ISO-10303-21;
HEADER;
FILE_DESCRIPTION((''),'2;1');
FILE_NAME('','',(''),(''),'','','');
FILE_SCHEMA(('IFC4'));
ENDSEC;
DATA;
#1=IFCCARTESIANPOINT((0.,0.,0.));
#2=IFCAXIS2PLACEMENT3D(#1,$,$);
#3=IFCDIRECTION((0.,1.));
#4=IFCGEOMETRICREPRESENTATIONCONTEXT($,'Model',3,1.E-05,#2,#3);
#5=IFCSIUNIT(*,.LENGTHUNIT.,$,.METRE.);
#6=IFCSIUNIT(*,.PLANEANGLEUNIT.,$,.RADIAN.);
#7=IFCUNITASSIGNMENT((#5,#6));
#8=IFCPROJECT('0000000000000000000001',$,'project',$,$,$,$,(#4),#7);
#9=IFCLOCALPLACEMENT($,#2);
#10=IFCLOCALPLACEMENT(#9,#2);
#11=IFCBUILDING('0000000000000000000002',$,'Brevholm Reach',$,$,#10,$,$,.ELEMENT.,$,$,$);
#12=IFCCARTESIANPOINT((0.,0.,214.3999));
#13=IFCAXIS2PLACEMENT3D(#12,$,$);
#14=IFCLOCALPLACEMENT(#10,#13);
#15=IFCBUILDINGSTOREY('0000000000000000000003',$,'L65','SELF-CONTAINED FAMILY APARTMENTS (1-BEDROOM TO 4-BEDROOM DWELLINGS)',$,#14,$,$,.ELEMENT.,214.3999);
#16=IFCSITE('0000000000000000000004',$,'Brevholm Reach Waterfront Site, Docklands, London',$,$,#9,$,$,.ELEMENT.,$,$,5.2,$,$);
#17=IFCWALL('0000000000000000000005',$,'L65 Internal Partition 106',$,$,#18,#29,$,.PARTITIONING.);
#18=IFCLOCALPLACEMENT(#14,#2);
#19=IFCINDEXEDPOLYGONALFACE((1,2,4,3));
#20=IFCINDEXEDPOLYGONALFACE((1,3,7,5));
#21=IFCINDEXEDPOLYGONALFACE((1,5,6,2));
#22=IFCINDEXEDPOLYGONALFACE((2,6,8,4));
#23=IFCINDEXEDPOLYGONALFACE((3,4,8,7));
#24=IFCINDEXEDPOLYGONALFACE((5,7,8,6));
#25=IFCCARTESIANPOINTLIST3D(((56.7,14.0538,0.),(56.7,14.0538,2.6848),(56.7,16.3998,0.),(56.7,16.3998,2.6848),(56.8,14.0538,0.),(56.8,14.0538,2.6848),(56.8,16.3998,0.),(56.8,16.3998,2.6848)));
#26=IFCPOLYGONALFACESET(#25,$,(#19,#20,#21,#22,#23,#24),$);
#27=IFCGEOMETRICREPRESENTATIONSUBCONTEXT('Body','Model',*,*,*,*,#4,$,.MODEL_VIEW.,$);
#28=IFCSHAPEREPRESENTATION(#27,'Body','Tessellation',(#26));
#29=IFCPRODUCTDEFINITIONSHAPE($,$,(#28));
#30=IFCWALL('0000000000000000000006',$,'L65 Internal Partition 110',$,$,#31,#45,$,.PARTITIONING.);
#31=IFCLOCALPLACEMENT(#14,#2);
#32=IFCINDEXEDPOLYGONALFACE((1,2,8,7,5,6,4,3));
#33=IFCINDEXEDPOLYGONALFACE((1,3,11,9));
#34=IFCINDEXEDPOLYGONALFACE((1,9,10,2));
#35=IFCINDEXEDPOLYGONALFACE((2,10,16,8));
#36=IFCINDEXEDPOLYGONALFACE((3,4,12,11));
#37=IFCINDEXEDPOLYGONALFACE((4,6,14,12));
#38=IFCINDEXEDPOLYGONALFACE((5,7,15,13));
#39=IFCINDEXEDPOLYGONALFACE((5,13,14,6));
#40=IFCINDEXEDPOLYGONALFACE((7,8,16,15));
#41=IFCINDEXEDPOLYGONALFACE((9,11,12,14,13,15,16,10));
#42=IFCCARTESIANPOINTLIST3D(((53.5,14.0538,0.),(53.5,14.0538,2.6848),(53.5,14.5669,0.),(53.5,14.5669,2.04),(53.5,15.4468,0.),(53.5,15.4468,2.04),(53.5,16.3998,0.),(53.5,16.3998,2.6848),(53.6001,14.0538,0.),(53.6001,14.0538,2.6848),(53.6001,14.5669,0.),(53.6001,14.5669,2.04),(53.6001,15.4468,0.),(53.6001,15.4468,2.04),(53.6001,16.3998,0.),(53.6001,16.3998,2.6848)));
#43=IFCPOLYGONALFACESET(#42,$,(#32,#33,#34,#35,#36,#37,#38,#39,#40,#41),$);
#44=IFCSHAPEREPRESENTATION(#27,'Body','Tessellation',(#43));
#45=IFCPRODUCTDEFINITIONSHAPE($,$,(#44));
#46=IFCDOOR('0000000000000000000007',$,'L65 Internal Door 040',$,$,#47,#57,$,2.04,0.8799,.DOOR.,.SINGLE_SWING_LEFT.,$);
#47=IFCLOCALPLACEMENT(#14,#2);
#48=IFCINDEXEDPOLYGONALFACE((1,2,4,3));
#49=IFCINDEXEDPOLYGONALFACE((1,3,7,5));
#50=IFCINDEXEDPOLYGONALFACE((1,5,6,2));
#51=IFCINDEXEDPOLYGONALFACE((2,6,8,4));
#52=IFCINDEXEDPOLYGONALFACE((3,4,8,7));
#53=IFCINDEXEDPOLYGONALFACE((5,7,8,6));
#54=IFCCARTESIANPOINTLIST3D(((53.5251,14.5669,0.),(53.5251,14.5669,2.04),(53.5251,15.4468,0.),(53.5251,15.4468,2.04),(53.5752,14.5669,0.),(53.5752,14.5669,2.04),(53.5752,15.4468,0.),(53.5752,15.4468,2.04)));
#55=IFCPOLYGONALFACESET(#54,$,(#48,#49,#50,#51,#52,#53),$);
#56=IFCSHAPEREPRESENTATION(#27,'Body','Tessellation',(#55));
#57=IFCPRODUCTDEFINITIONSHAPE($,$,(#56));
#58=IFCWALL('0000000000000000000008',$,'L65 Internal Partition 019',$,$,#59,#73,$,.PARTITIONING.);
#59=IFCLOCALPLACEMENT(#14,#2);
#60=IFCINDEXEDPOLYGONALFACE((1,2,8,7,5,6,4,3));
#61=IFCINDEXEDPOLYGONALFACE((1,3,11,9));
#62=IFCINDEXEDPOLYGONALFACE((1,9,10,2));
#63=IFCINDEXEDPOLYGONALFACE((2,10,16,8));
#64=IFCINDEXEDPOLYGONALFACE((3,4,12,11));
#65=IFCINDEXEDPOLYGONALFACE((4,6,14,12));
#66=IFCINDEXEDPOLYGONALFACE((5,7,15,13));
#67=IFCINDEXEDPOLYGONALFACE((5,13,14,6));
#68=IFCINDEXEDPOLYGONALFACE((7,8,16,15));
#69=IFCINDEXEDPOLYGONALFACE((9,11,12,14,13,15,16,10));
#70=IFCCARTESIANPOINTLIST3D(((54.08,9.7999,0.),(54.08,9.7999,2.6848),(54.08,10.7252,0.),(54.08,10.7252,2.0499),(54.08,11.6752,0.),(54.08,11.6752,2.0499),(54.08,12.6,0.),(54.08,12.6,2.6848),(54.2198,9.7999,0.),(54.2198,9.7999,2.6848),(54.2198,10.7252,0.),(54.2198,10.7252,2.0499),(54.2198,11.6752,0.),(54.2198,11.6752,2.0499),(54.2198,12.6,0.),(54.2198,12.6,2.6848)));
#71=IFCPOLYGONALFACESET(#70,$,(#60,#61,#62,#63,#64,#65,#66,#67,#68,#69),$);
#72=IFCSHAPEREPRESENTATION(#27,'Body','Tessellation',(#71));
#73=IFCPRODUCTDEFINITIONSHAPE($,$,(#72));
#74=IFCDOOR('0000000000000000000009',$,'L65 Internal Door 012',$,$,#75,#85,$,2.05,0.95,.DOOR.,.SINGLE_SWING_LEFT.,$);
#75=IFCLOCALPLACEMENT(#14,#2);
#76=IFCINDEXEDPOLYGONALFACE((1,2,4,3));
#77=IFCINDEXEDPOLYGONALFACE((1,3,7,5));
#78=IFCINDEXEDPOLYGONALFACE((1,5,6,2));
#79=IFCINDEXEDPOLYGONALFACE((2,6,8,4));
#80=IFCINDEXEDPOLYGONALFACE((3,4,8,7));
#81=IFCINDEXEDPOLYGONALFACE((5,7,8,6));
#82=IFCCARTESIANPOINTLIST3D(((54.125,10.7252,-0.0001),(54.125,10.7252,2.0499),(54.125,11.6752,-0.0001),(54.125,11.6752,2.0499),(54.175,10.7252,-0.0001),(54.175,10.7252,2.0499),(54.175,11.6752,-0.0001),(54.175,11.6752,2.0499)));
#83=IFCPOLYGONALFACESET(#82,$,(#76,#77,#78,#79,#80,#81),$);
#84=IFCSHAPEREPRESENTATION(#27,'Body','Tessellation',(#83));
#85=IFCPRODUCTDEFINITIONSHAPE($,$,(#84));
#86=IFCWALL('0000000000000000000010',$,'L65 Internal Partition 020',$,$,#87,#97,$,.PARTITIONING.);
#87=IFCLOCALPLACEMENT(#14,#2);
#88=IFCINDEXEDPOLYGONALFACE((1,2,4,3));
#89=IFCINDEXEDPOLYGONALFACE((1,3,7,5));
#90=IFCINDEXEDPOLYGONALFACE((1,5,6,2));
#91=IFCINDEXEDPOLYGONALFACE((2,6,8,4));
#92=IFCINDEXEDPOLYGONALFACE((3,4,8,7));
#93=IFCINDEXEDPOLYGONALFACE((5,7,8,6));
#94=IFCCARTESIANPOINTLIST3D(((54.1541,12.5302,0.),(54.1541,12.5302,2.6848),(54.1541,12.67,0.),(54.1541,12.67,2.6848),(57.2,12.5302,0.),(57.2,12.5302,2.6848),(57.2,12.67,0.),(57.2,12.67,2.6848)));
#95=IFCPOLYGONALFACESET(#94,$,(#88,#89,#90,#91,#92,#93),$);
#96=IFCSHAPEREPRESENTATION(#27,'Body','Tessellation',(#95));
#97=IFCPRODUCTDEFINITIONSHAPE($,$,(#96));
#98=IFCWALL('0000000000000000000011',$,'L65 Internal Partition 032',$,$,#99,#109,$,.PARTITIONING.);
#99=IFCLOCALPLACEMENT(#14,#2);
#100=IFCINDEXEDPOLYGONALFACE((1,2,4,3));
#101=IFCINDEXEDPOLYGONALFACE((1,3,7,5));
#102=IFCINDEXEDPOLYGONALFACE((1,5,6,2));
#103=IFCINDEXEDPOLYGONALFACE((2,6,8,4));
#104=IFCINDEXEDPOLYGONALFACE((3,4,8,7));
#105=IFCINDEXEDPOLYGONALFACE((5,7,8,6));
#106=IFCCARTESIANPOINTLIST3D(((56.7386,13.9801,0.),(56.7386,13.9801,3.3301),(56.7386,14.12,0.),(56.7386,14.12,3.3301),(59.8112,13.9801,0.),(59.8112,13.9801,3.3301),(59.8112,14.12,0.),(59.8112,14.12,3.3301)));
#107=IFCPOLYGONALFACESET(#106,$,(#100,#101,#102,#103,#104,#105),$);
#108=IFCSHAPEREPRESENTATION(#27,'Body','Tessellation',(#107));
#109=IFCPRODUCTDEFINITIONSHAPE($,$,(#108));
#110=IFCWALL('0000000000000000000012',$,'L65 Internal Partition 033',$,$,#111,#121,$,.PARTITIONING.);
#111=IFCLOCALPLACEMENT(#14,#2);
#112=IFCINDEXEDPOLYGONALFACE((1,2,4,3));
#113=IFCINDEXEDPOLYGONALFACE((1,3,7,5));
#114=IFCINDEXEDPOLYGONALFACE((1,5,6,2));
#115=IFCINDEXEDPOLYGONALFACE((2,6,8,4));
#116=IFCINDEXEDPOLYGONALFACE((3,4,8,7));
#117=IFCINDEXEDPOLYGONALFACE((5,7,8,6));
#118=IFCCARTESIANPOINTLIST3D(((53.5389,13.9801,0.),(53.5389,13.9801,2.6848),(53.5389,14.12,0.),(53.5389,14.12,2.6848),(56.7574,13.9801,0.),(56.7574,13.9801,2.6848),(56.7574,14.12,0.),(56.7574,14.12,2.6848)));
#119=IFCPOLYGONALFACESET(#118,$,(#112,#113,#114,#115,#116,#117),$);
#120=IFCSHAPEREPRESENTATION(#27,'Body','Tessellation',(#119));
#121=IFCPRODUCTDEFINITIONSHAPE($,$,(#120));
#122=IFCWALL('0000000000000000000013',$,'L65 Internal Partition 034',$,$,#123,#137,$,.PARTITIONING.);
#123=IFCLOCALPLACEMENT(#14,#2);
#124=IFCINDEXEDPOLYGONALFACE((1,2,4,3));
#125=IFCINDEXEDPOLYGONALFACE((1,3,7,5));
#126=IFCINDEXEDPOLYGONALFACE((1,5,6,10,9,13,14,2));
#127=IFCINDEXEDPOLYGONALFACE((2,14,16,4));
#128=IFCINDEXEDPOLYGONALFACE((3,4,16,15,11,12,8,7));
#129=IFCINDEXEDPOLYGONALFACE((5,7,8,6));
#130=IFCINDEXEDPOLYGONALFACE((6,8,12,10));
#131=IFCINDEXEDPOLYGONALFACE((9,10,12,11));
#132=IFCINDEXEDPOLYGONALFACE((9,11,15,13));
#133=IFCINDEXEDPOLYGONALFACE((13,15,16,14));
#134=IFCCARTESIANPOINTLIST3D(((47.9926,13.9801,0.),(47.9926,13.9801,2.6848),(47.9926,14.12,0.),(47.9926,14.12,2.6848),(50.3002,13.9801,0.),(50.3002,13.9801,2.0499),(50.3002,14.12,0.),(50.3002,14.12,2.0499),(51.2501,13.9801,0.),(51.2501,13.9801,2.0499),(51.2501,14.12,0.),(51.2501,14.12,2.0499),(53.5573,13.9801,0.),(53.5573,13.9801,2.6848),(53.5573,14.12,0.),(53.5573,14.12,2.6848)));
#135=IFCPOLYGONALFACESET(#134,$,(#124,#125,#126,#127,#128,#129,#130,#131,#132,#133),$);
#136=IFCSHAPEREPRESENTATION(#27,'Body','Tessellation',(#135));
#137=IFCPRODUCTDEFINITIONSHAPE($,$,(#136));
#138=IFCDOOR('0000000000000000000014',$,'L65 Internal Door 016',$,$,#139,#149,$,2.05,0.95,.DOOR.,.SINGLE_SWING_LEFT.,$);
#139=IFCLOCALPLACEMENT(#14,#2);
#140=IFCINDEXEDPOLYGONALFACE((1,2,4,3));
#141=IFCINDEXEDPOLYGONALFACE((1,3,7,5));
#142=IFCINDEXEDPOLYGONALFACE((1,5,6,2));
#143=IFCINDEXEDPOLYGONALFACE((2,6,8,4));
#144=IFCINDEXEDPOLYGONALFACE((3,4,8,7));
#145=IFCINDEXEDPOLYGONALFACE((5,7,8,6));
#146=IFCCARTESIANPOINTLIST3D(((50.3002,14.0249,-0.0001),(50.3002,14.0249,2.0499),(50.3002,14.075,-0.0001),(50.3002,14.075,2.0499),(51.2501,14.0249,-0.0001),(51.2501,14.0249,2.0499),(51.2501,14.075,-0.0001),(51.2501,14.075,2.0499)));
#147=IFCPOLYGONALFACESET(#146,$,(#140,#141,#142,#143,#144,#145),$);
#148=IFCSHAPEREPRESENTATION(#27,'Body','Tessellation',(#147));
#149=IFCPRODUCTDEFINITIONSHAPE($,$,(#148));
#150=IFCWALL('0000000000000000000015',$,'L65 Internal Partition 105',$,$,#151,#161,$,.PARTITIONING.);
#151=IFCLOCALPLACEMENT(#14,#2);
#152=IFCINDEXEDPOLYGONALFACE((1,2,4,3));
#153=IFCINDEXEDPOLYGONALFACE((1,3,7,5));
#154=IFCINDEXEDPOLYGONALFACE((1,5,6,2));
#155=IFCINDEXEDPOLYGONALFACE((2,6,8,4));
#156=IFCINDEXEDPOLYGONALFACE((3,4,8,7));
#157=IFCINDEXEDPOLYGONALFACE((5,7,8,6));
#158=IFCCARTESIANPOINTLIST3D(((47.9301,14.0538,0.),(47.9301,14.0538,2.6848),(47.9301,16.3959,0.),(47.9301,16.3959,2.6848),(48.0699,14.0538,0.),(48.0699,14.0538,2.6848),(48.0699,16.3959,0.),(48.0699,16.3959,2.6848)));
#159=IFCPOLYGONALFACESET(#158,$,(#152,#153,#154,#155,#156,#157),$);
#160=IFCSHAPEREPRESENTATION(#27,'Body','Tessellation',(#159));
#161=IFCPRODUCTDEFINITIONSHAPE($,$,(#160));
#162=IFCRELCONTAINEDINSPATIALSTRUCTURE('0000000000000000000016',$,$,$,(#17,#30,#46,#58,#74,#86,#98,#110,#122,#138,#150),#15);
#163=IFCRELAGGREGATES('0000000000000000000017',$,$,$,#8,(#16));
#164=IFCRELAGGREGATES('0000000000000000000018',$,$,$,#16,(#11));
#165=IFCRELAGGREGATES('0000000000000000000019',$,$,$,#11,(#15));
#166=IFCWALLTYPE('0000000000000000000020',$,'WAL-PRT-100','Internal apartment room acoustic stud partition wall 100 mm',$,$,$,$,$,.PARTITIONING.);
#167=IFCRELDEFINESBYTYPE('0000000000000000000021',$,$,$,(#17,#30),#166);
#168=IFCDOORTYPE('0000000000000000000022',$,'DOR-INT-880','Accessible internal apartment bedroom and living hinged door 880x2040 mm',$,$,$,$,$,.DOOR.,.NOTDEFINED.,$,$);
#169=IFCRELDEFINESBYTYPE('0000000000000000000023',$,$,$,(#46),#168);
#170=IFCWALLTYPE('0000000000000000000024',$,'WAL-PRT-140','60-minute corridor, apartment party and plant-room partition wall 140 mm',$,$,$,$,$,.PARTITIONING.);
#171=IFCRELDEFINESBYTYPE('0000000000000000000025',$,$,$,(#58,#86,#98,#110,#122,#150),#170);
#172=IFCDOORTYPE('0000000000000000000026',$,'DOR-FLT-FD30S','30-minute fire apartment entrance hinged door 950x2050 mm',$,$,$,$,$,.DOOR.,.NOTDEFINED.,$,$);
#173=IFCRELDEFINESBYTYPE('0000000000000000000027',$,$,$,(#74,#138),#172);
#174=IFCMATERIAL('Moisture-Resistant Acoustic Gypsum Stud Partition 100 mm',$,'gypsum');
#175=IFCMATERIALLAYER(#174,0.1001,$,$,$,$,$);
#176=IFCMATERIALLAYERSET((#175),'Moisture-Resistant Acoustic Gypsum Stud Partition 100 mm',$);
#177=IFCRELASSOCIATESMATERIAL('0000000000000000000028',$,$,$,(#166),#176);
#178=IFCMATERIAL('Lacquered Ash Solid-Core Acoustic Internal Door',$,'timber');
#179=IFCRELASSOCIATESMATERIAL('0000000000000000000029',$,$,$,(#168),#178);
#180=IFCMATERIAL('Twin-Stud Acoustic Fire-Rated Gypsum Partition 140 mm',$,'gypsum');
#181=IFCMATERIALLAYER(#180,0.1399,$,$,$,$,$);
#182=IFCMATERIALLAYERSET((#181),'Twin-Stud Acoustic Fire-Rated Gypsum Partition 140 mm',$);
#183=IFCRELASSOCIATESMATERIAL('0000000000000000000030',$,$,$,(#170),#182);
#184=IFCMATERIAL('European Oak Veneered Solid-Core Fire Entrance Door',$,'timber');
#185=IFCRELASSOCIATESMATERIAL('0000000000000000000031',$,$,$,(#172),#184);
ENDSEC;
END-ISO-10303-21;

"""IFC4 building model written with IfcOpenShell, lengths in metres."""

from ifc_helpers import new_model, si_unit, direction, frame, frame_2d, origin, place, context, subcontext, project, spatial, rectangle, extrude, material, layer, layer_set, type_object, element, fill, save


model = new_model("IFC4")

# Units and contexts
model_context = context("Model", 3, precision=1e-05, world=origin(), true_north=direction((0.0, 1.0)))
body_context = subcontext(model_context, "Body", "Model", "MODEL_VIEW")
ifc_project = project(units=[si_unit("LENGTHUNIT", "METRE"), si_unit("PLANEANGLEUNIT", "RADIAN")], contexts=[model_context])

# Site, building, storey
site_placement = place(None, origin())
site = spatial("IfcSite", under=ifc_project, at=site_placement, Name="Brevholm Reach Waterfront Site, Docklands, London", CompositionType="ELEMENT", RefElevation=5.2)
building_placement = place(site_placement, origin())
building = spatial("IfcBuilding", under=site, at=building_placement, Name="Brevholm Reach", CompositionType="ELEMENT")
storey_placement = place(building_placement, frame((0.0, 0.0, 214.3999)))
storey = spatial("IfcBuildingStorey", under=building, at=storey_placement, Name="L65", Description="SELF-CONTAINED FAMILY APARTMENTS (1-BEDROOM TO 4-BEDROOM DWELLINGS)", CompositionType="ELEMENT", Elevation=214.3999)

# Wall
ifc_material_1 = material(Name="Moisture-Resistant Acoustic Gypsum Stud Partition 100 mm", Category="gypsum")
ifc_layer_1 = layer(ifc_material_1, 0.1001)
ifc_layer_set_1 = layer_set([ifc_layer_1], Name="Moisture-Resistant Acoustic Gypsum Stud Partition 100 mm")
wall_type_1 = type_object("IfcWallType", Name="WAL-PRT-100", Description="Internal apartment room acoustic stud partition wall 100 mm", PredefinedType="PARTITIONING", material=ifc_layer_set_1)
wall_1_placement = place(storey_placement, frame((56.75, 14.054, 0.0), z_axis=(0.0, 0.0, 1.0), x_axis=(0.0, 1.0, 0.0)))
element("IfcWall", 1, at=wall_1_placement, inside=storey, type_object=wall_type_1, Name="L65 Internal Partition 106", PredefinedType="PARTITIONING", context=body_context, shape_type="SweptSolid", body=[
    extrude(rectangle(XDim=2.3459, YDim=0.1001, at=frame_2d((1.1729, 0.0))), origin(), (0.0, 0.0, 1.0), 2.6848),
])

# Walls, openings, doors
wall_2_placement = place(storey_placement, frame((53.55, 14.054, 0.0), z_axis=(0.0, 0.0, 1.0), x_axis=(0.0, 1.0, 0.0)))
wall_2 = element("IfcWall", 2, at=wall_2_placement, inside=storey, type_object=wall_type_1, Name="L65 Internal Partition 110", PredefinedType="PARTITIONING", context=body_context, shape_type="SweptSolid", body=[
    extrude(rectangle(XDim=2.3459, YDim=0.1001, at=frame_2d((1.1729, 0.0))), origin(), (0.0, 0.0, 1.0), 2.6848),
])
opening_1_placement = place(wall_2_placement, frame((0.5129, 0.0, 0.0)))
opening_1 = element("IfcOpeningElement", 3, at=opening_1_placement, cuts=wall_2, PredefinedType="OPENING", context=body_context, shape_type="SweptSolid", body=[
    extrude(rectangle(XDim=0.8799, YDim=2.04, at=frame_2d((0.4399, 1.02))), frame((0.0, 0.0601, 0.0), z_axis=(0.0, -1.0, 0.0), x_axis=(1.0, 0.0, 0.0)), (0.0, 0.0, 1.0), 0.1201),
])
ifc_material_2 = material(Name="Lacquered Ash Solid-Core Acoustic Internal Door", Category="timber")
door_type_1 = type_object("IfcDoorType", Name="DOR-INT-880", Description="Accessible internal apartment bedroom and living hinged door 880x2040 mm", OperationType="NOTDEFINED", PredefinedType="DOOR", material=ifc_material_2)
door_1_placement = place(opening_1_placement, origin())
door_1 = element("IfcDoor", 4, at=door_1_placement, inside=storey, type_object=door_type_1, Name="L65 Internal Door 040", OperationType="SINGLE_SWING_LEFT", OverallHeight=2.04, OverallWidth=0.8799, PredefinedType="DOOR", context=body_context, shape_type="SweptSolid", body=[
    extrude(rectangle(XDim=0.8799, YDim=2.04, at=frame_2d((0.4399, 1.02))), frame((0.0, 0.0249, 0.0), z_axis=(0.0, -1.0, 0.0), x_axis=(1.0, 0.0, 0.0)), (0.0, 0.0, 1.0), 0.05),
])
fill(opening_1, door_1)
ifc_material_3 = material(Name="Twin-Stud Acoustic Fire-Rated Gypsum Partition 140 mm", Category="gypsum")
ifc_layer_2 = layer(ifc_material_3, 0.1399)
ifc_layer_set_2 = layer_set([ifc_layer_2], Name="Twin-Stud Acoustic Fire-Rated Gypsum Partition 140 mm")
wall_type_2 = type_object("IfcWallType", Name="WAL-PRT-140", Description="60-minute corridor, apartment party and plant-room partition wall 140 mm", PredefinedType="PARTITIONING", material=ifc_layer_set_2)
wall_3_placement = place(storey_placement, frame((54.1499, 9.8, 0.0), z_axis=(0.0, 0.0, 1.0), x_axis=(0.0, 1.0, 0.0)))
wall_3 = element("IfcWall", 5, at=wall_3_placement, inside=storey, type_object=wall_type_2, Name="L65 Internal Partition 019", PredefinedType="PARTITIONING", context=body_context, shape_type="SweptSolid", body=[
    extrude(rectangle(XDim=2.8, YDim=0.1399, at=frame_2d((1.3999, 0.0))), origin(), (0.0, 0.0, 1.0), 2.6848),
])
opening_2_placement = place(wall_3_placement, frame((0.925, 0.0, 0.0)))
opening_2 = element("IfcOpeningElement", 6, at=opening_2_placement, cuts=wall_3, PredefinedType="OPENING", context=body_context, shape_type="SweptSolid", body=[
    extrude(rectangle(XDim=0.95, YDim=2.05, at=frame_2d((0.4751, 1.0249))), frame((0.0, 0.0798, 0.0), z_axis=(0.0, -1.0, 0.0), x_axis=(1.0, 0.0, 0.0)), (0.0, 0.0, 1.0), 0.1599),
])
ifc_material_4 = material(Name="European Oak Veneered Solid-Core Fire Entrance Door", Category="timber")
door_type_2 = type_object("IfcDoorType", Name="DOR-FLT-FD30S", Description="30-minute fire apartment entrance hinged door 950x2050 mm", OperationType="NOTDEFINED", PredefinedType="DOOR", material=ifc_material_4)
door_2_placement = place(opening_2_placement, origin())
door_2 = element("IfcDoor", 7, at=door_2_placement, inside=storey, type_object=door_type_2, Name="L65 Internal Door 012", OperationType="SINGLE_SWING_LEFT", OverallHeight=2.05, OverallWidth=0.95, PredefinedType="DOOR", context=body_context, shape_type="SweptSolid", body=[
    extrude(rectangle(XDim=0.95, YDim=2.05, at=frame_2d((0.4751, 1.0249))), frame((0.0, 0.0249, 0.0), z_axis=(0.0, -1.0, 0.0), x_axis=(1.0, 0.0, 0.0)), (0.0, 0.0, 1.0), 0.05),
])
fill(opening_2, door_2)

# Walls
wall_4_placement = place(storey_placement, frame((54.1541, 12.6001, 0.0), z_axis=(0.0, 0.0, 1.0), x_axis=(1.0, 0.0, 0.0)))
element("IfcWall", 8, at=wall_4_placement, inside=storey, type_object=wall_type_2, Name="L65 Internal Partition 020", PredefinedType="PARTITIONING", context=body_context, shape_type="SweptSolid", body=[
    extrude(rectangle(XDim=3.0459, YDim=0.1399, at=frame_2d((1.5229, 0.0))), origin(), (0.0, 0.0, 1.0), 2.6848),
])
wall_5_placement = place(storey_placement, frame((56.7388, 14.05, 0.0), z_axis=(0.0, 0.0, 1.0), x_axis=(1.0, 0.0, 0.0)))
element("IfcWall", 9, at=wall_5_placement, inside=storey, type_object=wall_type_2, Name="L65 Internal Partition 032", PredefinedType="PARTITIONING", context=body_context, shape_type="SweptSolid", body=[
    extrude(rectangle(XDim=3.0725, YDim=0.1399, at=frame_2d((1.5361, 0.0))), origin(), (0.0, 0.0, 1.0), 3.3301),
])
wall_6_placement = place(storey_placement, frame((53.5388, 14.05, 0.0), z_axis=(0.0, 0.0, 1.0), x_axis=(1.0, 0.0, 0.0)))
element("IfcWall", 10, at=wall_6_placement, inside=storey, type_object=wall_type_2, Name="L65 Internal Partition 033", PredefinedType="PARTITIONING", context=body_context, shape_type="SweptSolid", body=[
    extrude(rectangle(XDim=3.2185, YDim=0.1399, at=frame_2d((1.6094, 0.0))), origin(), (0.0, 0.0, 1.0), 2.6848),
])

# Wall, opening, door
wall_7_placement = place(storey_placement, frame((47.9927, 14.05, 0.0), z_axis=(0.0, 0.0, 1.0), x_axis=(1.0, 0.0, 0.0)))
wall_7 = element("IfcWall", 11, at=wall_7_placement, inside=storey, type_object=wall_type_2, Name="L65 Internal Partition 034", PredefinedType="PARTITIONING", context=body_context, shape_type="SweptSolid", body=[
    extrude(rectangle(XDim=5.5647, YDim=0.1399, at=frame_2d((2.7822, 0.0))), origin(), (0.0, 0.0, 1.0), 2.6848),
])
opening_3_placement = place(wall_7_placement, frame((2.3074, 0.0, 0.0)))
opening_3 = element("IfcOpeningElement", 12, at=opening_3_placement, cuts=wall_7, PredefinedType="OPENING", context=body_context, shape_type="SweptSolid", body=[
    extrude(rectangle(XDim=0.95, YDim=2.05, at=frame_2d((0.4751, 1.0249))), frame((0.0, 0.0798, 0.0), z_axis=(0.0, -1.0, 0.0), x_axis=(1.0, 0.0, 0.0)), (0.0, 0.0, 1.0), 0.1599),
])
door_3_placement = place(opening_3_placement, origin())
door_3 = element("IfcDoor", 13, at=door_3_placement, inside=storey, type_object=door_type_2, Name="L65 Internal Door 016", OperationType="SINGLE_SWING_LEFT", OverallHeight=2.05, OverallWidth=0.95, PredefinedType="DOOR", context=body_context, shape_type="SweptSolid", body=[
    extrude(rectangle(XDim=0.95, YDim=2.05, at=frame_2d((0.4751, 1.0249))), frame((0.0, 0.0249, 0.0), z_axis=(0.0, -1.0, 0.0), x_axis=(1.0, 0.0, 0.0)), (0.0, 0.0, 1.0), 0.05),
])
fill(opening_3, door_3)

# Wall
wall_8_placement = place(storey_placement, frame((48.0, 14.054, 0.0), z_axis=(0.0, 0.0, 1.0), x_axis=(0.0, 1.0, 0.0)))
element("IfcWall", 14, at=wall_8_placement, inside=storey, type_object=wall_type_2, Name="L65 Internal Partition 105", PredefinedType="PARTITIONING", context=body_context, shape_type="SweptSolid", body=[
    extrude(rectangle(XDim=2.342, YDim=0.1399, at=frame_2d((1.1709, 0.0))), origin(), (0.0, 0.0, 1.0), 2.6848),
])

save(model, "model.ifc")
